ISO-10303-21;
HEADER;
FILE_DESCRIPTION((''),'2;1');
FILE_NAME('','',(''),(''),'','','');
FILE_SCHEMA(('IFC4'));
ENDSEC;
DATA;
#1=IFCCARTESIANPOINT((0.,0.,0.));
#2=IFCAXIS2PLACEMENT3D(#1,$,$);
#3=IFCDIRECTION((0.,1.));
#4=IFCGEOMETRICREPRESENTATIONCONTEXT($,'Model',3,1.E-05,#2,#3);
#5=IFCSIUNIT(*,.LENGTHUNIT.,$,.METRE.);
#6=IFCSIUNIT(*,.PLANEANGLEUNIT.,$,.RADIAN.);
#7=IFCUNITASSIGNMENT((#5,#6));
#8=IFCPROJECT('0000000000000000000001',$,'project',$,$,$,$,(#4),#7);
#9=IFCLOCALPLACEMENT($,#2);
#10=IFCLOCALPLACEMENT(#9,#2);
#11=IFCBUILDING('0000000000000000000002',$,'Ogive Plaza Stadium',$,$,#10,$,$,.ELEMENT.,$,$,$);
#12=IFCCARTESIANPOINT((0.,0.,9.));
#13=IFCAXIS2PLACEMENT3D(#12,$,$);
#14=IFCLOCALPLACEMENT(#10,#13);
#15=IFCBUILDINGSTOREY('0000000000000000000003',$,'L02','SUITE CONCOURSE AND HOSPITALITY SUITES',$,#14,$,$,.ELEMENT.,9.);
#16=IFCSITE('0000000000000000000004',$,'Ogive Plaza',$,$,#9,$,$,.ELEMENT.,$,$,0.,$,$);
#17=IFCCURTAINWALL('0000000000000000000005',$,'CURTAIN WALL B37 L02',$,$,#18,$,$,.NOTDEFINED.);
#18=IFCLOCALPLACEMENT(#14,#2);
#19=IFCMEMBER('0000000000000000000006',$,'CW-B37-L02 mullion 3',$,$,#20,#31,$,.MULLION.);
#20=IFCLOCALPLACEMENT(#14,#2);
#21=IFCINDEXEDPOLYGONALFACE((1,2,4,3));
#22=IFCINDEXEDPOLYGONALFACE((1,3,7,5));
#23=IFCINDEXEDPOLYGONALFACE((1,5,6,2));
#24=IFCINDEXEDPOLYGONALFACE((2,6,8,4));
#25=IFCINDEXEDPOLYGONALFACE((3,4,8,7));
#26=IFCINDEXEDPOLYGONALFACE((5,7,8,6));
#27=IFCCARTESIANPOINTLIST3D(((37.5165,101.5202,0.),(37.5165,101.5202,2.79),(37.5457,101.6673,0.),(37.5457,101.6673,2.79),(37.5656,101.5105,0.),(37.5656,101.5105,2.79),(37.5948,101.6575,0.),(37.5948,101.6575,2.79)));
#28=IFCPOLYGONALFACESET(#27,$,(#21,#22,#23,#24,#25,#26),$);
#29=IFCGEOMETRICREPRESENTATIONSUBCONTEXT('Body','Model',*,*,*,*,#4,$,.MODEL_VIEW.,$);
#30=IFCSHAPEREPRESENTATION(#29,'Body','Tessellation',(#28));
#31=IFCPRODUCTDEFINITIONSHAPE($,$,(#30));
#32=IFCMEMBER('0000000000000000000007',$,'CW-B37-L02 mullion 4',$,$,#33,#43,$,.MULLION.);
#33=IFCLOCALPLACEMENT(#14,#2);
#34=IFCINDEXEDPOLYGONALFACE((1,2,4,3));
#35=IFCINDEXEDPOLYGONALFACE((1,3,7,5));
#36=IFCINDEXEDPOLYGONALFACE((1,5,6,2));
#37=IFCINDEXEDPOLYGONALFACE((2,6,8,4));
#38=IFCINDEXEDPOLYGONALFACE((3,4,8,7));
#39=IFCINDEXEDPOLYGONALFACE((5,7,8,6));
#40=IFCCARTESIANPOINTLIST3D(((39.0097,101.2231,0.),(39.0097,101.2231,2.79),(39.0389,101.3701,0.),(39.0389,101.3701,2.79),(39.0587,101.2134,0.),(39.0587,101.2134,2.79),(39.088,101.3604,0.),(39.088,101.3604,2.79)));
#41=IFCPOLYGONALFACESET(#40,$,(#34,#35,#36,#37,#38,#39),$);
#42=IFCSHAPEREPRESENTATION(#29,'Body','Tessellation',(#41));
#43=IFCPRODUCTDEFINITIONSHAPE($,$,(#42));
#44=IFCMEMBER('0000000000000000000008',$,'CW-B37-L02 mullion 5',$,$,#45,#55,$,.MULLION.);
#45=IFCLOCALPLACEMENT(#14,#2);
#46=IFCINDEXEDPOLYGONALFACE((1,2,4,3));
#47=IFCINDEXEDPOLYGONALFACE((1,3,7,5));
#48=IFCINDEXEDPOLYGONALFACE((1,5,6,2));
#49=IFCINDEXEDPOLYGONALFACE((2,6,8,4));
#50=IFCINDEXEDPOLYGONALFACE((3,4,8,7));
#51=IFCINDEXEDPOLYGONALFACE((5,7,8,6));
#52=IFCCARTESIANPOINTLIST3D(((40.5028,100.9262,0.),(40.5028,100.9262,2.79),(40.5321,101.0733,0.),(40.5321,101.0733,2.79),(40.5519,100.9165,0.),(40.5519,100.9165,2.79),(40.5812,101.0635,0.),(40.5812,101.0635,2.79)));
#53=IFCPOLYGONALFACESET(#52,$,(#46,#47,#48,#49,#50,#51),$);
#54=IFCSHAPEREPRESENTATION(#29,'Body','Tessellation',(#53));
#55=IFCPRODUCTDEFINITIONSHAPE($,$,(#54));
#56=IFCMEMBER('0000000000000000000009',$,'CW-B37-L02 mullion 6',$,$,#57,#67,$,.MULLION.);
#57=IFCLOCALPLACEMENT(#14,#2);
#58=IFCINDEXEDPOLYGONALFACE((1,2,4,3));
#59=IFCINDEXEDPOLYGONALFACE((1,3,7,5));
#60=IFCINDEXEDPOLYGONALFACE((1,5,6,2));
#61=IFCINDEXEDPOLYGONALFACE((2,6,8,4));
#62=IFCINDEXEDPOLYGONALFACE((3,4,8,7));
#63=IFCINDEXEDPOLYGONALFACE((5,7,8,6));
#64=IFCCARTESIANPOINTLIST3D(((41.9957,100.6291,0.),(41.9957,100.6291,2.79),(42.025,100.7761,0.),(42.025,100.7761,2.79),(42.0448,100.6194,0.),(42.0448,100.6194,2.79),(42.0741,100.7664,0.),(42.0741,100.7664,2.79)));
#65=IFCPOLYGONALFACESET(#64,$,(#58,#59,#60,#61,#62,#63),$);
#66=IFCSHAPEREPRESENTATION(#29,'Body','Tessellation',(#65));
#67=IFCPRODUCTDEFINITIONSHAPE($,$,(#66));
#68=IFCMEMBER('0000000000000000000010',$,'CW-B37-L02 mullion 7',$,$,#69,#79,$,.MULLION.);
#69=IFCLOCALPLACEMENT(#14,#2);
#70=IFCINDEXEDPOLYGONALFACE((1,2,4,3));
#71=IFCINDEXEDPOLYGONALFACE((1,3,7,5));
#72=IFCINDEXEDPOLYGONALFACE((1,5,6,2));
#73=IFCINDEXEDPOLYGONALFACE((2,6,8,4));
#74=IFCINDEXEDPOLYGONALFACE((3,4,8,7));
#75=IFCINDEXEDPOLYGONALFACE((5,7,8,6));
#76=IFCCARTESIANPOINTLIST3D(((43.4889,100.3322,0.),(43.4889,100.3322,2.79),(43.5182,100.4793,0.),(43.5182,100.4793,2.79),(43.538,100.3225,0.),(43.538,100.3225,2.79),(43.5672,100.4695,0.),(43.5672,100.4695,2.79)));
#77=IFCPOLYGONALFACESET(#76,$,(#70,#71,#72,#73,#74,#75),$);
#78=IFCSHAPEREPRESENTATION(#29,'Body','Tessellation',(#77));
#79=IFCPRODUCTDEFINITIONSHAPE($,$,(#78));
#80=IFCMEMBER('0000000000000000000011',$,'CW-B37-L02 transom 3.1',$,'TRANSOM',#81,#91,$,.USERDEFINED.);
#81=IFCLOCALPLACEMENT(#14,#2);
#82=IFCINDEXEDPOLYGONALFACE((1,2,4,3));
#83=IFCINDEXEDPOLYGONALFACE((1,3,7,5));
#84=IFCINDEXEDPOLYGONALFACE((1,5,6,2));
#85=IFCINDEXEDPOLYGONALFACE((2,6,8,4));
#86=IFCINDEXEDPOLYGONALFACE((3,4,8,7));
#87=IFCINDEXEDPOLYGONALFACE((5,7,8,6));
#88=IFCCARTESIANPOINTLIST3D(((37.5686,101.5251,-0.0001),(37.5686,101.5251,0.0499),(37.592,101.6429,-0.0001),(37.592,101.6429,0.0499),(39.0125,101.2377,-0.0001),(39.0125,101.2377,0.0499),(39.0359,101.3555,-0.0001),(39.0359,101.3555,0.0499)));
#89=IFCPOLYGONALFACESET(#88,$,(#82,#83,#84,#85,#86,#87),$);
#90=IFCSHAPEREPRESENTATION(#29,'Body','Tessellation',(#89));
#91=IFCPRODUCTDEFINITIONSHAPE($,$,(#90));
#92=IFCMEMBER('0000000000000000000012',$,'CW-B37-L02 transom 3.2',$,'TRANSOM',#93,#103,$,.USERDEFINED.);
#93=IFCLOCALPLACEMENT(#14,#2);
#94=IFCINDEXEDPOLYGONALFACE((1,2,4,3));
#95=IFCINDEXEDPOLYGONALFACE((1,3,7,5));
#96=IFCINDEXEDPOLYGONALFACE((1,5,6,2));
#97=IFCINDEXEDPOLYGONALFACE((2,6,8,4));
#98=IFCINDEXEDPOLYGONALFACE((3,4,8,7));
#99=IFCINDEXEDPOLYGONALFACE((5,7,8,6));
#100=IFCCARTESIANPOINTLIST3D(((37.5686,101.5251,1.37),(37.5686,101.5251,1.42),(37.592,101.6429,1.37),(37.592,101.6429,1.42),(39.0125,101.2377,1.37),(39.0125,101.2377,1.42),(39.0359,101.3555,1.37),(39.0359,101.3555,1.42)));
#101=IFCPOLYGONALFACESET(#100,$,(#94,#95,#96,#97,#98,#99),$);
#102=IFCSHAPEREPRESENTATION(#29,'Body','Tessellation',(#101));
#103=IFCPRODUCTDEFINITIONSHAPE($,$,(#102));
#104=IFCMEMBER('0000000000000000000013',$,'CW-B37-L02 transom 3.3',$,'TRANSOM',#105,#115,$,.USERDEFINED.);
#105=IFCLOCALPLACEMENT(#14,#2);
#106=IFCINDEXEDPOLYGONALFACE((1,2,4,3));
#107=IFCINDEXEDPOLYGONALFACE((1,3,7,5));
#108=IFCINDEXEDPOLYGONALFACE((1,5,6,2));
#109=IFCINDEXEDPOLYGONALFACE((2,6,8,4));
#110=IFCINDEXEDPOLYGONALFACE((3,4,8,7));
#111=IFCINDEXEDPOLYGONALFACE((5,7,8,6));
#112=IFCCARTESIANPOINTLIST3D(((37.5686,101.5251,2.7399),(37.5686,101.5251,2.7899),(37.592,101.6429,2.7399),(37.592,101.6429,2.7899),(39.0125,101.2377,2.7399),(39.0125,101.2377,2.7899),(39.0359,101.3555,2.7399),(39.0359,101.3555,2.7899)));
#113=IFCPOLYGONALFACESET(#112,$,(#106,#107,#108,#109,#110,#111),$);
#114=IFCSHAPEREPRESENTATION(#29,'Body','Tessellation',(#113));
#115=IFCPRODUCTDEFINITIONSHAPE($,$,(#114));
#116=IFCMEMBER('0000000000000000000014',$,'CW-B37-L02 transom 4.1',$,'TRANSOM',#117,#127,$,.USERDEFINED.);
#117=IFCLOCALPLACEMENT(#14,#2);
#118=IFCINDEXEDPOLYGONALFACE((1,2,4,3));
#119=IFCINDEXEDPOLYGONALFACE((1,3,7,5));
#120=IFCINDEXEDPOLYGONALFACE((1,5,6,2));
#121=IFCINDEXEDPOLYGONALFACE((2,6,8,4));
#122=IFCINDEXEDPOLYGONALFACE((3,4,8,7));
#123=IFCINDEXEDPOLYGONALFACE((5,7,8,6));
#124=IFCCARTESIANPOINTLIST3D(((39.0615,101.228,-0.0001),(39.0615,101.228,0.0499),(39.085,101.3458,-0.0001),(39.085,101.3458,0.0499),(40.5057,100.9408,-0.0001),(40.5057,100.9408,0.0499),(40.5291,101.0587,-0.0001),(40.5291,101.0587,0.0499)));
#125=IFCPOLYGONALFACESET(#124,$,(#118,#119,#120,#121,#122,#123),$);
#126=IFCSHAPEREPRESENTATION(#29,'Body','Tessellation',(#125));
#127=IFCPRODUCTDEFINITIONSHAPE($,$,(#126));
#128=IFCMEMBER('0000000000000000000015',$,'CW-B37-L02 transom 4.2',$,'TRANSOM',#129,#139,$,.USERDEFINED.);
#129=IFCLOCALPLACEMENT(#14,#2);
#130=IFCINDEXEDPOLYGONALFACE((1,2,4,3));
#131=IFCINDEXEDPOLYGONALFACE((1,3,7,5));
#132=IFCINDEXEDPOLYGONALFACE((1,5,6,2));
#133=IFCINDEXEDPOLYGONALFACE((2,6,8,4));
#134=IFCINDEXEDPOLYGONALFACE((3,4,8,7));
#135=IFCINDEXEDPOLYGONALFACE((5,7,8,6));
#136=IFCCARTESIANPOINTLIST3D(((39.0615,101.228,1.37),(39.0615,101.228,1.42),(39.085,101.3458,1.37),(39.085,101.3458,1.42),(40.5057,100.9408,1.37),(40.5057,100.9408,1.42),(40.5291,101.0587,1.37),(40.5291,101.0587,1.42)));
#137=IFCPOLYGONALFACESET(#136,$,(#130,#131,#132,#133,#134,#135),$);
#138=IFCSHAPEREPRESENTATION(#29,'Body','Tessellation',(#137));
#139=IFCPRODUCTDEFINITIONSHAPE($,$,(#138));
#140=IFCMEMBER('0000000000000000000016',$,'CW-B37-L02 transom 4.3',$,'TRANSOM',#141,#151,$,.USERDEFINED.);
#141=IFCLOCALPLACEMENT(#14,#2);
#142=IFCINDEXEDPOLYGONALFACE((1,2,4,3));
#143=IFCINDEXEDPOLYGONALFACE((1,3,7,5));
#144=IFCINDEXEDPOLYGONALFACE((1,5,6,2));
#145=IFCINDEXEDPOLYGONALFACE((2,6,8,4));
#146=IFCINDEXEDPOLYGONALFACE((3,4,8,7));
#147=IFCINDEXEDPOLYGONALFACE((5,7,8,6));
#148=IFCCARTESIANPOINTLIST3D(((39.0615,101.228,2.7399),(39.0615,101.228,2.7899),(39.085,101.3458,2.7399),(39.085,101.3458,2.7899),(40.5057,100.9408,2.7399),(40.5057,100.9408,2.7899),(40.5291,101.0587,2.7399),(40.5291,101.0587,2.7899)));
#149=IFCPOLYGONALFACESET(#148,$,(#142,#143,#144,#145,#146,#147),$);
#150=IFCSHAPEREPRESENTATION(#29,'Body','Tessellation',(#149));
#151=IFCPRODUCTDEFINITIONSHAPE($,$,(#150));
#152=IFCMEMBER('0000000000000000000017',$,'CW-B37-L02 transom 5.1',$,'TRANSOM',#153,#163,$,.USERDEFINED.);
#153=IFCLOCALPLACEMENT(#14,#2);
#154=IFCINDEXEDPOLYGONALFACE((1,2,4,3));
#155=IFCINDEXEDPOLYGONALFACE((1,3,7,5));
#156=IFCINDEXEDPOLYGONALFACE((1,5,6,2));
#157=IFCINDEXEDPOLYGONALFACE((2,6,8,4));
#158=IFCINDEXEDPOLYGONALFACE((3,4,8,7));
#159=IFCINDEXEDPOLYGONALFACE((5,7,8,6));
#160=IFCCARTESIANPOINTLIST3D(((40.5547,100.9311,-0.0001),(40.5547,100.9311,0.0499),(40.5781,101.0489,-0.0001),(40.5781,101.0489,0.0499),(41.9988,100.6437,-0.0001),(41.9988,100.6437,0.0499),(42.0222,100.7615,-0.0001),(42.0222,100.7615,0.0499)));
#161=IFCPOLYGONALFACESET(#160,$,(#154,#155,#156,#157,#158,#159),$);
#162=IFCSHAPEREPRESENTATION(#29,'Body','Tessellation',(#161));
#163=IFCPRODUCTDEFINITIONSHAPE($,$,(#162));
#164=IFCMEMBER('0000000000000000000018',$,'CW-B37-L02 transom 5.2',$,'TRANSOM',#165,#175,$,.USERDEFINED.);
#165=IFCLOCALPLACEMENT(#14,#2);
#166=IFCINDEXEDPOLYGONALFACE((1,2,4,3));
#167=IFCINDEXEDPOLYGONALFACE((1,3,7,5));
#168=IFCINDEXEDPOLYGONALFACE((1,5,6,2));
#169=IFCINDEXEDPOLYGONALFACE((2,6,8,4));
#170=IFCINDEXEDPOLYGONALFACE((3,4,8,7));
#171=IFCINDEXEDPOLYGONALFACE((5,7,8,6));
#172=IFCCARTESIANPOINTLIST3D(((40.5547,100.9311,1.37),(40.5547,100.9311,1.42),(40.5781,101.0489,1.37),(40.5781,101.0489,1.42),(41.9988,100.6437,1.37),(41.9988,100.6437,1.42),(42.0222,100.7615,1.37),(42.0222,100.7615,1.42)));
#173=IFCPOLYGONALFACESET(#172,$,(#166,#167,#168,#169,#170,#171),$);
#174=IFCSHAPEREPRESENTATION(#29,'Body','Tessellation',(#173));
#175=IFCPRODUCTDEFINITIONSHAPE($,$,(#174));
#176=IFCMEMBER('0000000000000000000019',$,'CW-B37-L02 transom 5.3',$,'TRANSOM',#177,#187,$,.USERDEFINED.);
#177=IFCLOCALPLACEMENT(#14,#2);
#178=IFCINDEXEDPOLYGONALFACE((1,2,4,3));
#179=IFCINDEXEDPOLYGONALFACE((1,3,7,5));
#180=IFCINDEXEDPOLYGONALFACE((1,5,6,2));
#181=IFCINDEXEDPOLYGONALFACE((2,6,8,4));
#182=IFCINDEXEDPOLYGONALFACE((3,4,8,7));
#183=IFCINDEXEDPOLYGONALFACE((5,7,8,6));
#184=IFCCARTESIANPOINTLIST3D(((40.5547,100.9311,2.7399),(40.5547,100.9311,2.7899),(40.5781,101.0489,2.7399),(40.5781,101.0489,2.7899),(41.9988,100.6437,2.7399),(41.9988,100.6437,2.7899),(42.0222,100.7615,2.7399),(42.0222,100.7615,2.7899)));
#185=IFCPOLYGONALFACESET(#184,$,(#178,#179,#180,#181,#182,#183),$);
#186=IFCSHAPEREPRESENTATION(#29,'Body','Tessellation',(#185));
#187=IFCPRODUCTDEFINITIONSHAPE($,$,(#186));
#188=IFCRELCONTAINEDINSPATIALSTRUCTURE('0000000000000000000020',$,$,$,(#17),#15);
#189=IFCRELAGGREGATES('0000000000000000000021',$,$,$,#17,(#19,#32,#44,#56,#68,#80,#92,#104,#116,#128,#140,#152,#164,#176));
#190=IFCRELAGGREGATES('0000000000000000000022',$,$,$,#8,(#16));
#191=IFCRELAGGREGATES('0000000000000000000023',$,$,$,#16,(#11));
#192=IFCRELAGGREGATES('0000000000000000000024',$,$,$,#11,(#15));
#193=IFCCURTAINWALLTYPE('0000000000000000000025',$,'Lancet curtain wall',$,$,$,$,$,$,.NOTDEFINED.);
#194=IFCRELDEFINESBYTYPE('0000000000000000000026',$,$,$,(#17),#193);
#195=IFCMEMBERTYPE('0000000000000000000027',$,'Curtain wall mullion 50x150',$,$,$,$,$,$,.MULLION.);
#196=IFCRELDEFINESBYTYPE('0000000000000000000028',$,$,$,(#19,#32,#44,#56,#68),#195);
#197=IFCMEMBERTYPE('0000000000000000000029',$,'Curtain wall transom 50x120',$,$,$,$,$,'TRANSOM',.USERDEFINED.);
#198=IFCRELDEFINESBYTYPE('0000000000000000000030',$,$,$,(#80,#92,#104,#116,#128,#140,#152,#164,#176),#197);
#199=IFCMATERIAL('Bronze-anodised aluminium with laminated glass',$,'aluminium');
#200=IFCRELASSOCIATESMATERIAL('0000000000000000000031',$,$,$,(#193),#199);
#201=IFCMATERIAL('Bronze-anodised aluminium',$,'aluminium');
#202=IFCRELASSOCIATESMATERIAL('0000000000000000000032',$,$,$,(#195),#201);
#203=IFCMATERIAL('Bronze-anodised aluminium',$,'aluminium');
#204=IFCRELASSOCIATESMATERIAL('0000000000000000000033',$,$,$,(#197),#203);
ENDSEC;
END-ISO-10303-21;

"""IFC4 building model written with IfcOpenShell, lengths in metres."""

from ifc_helpers import new_model, si_unit, direction, frame, origin, origin_2d, place, context, subcontext, project, spatial, rectangle, extrude, material, material_profile, profile_set, type_object, element, aggregate, save


model = new_model("IFC4")

# Units and contexts
model_context = context("Model", 3, precision=1e-05, world=origin(), true_north=direction((0.0, 1.0)))
body_context = subcontext(model_context, "Body", "Model", "MODEL_VIEW")
ifc_project = project(units=[si_unit("LENGTHUNIT", "METRE"), si_unit("PLANEANGLEUNIT", "RADIAN")], contexts=[model_context])

# Site, building, storey
site_placement = place(None, origin())
site = spatial("IfcSite", under=ifc_project, at=site_placement, Name="Ogive Plaza", CompositionType="ELEMENT", RefElevation=0.0)
building_placement = place(site_placement, origin())
building = spatial("IfcBuilding", under=site, at=building_placement, Name="Ogive Plaza Stadium", CompositionType="ELEMENT")
storey_placement = place(building_placement, frame((0.0, 0.0, 9.0)))
storey = spatial("IfcBuildingStorey", under=building, at=storey_placement, Name="L02", Description="SUITE CONCOURSE AND HOSPITALITY SUITES", CompositionType="ELEMENT", Elevation=9.0)

# Curtain wall, members
ifc_material_1 = material(Name="Bronze-anodised aluminium with laminated glass", Category="aluminium")
curtain_wall_type = type_object("IfcCurtainWallType", Name="Lancet curtain wall", PredefinedType="NOTDEFINED", material=ifc_material_1)
curtain_wall_placement = place(storey_placement, origin())
curtain_wall = element("IfcCurtainWall", 1, at=curtain_wall_placement, inside=storey, type_object=curtain_wall_type, Name="CURTAIN WALL B37 L02", PredefinedType="NOTDEFINED")
ifc_material_2 = material(Name="Bronze-anodised aluminium", Category="aluminium")
ifc_material_profile_1 = material_profile(ifc_material_2, rectangle(XDim=0.1499, YDim=0.05, at=origin_2d()), Name="AL 150x50")
ifc_profile_set_1 = profile_set([ifc_material_profile_1], Name="Bronze-anodised aluminium")
member_type_1 = type_object("IfcMemberType", Name="Curtain wall mullion 50x150", PredefinedType="MULLION", material=ifc_profile_set_1)
member_1_placement = place(storey_placement, frame((37.5557, 101.5889, 0.0), z_axis=(0.0, 0.0, 1.0), x_axis=(0.19509, 0.980785, 0.0)))
member_1 = element("IfcMember", 2, at=member_1_placement, type_object=member_type_1, Name="CW-B37-L02 mullion 3", PredefinedType="MULLION", context=body_context, shape_type="SweptSolid", body=[
    extrude(rectangle(XDim=0.1499, YDim=0.05, at=origin_2d()), origin(), (0.0, 0.0, 1.0), 2.79),
])
member_2_placement = place(storey_placement, frame((39.0488, 101.2917, 0.0), z_axis=(0.0, 0.0, 1.0), x_axis=(0.19509, 0.980785, 0.0)))
member_2 = element("IfcMember", 3, at=member_2_placement, type_object=member_type_1, Name="CW-B37-L02 mullion 4", PredefinedType="MULLION", context=body_context, shape_type="SweptSolid", body=[
    extrude(rectangle(XDim=0.1499, YDim=0.05, at=origin_2d()), origin(), (0.0, 0.0, 1.0), 2.79),
])
member_3_placement = place(storey_placement, frame((40.542, 100.9949, 0.0), z_axis=(0.0, 0.0, 1.0), x_axis=(0.19509, 0.980785, 0.0)))
member_3 = element("IfcMember", 4, at=member_3_placement, type_object=member_type_1, Name="CW-B37-L02 mullion 5", PredefinedType="MULLION", context=body_context, shape_type="SweptSolid", body=[
    extrude(rectangle(XDim=0.1499, YDim=0.05, at=origin_2d()), origin(), (0.0, 0.0, 1.0), 2.79),
])
member_4_placement = place(storey_placement, frame((42.0349, 100.6978, 0.0), z_axis=(0.0, 0.0, 1.0), x_axis=(0.19509, 0.980785, 0.0)))
member_4 = element("IfcMember", 5, at=member_4_placement, type_object=member_type_1, Name="CW-B37-L02 mullion 6", PredefinedType="MULLION", context=body_context, shape_type="SweptSolid", body=[
    extrude(rectangle(XDim=0.1499, YDim=0.05, at=origin_2d()), origin(), (0.0, 0.0, 1.0), 2.79),
])
member_5_placement = place(storey_placement, frame((43.5281, 100.4009, 0.0), z_axis=(0.0, 0.0, 1.0), x_axis=(0.19509, 0.980785, 0.0)))
member_5 = element("IfcMember", 6, at=member_5_placement, type_object=member_type_1, Name="CW-B37-L02 mullion 7", PredefinedType="MULLION", context=body_context, shape_type="SweptSolid", body=[
    extrude(rectangle(XDim=0.1499, YDim=0.05, at=origin_2d()), origin(), (0.0, 0.0, 1.0), 2.79),
])
ifc_material_3 = material(Name="Bronze-anodised aluminium", Category="aluminium")
ifc_material_profile_2 = material_profile(ifc_material_3, rectangle(XDim=0.1201, YDim=0.05, at=origin_2d()), Name="AL 120x50")
ifc_profile_set_2 = profile_set([ifc_material_profile_2], Name="Bronze-anodised aluminium")
member_type_2 = type_object("IfcMemberType", Name="Curtain wall transom 50x120", ElementType="TRANSOM", PredefinedType="USERDEFINED", material=ifc_profile_set_2)
member_6_placement = place(storey_placement, frame((37.5803, 101.584, 0.0249), z_axis=(0.980765, -0.195191, 0.0), x_axis=(0.195191, 0.980765, 0.0)))
member_6 = element("IfcMember", 7, at=member_6_placement, type_object=member_type_2, Name="CW-B37-L02 transom 3.1", ObjectType="TRANSOM", PredefinedType="USERDEFINED", context=body_context, shape_type="SweptSolid", body=[
    extrude(rectangle(XDim=0.1201, YDim=0.05, at=origin_2d()), origin(), (0.0, 0.0, 1.0), 1.4722),
])
member_7_placement = place(storey_placement, frame((37.5803, 101.584, 1.395), z_axis=(0.980765, -0.195191, 0.0), x_axis=(0.195191, 0.980765, 0.0)))
member_7 = element("IfcMember", 8, at=member_7_placement, type_object=member_type_2, Name="CW-B37-L02 transom 3.2", ObjectType="TRANSOM", PredefinedType="USERDEFINED", context=body_context, shape_type="SweptSolid", body=[
    extrude(rectangle(XDim=0.1201, YDim=0.05, at=origin_2d()), origin(), (0.0, 0.0, 1.0), 1.4722),
])
member_8_placement = place(storey_placement, frame((37.5803, 101.584, 2.7649), z_axis=(0.980765, -0.195191, 0.0), x_axis=(0.195191, 0.980765, 0.0)))
member_8 = element("IfcMember", 9, at=member_8_placement, type_object=member_type_2, Name="CW-B37-L02 transom 3.3", ObjectType="TRANSOM", PredefinedType="USERDEFINED", context=body_context, shape_type="SweptSolid", body=[
    extrude(rectangle(XDim=0.1201, YDim=0.05, at=origin_2d()), origin(), (0.0, 0.0, 1.0), 1.4722),
])
member_9_placement = place(storey_placement, frame((39.0732, 101.2869, 0.0249), z_axis=(0.980803, -0.195, 0.0), x_axis=(0.195, 0.980803, 0.0)))
member_9 = element("IfcMember", 10, at=member_9_placement, type_object=member_type_2, Name="CW-B37-L02 transom 4.1", ObjectType="TRANSOM", PredefinedType="USERDEFINED", context=body_context, shape_type="SweptSolid", body=[
    extrude(rectangle(XDim=0.1201, YDim=0.05, at=origin_2d()), origin(), (0.0, 0.0, 1.0), 1.4724),
])
member_10_placement = place(storey_placement, frame((39.0732, 101.2869, 1.395), z_axis=(0.980803, -0.195, 0.0), x_axis=(0.195, 0.980803, 0.0)))
member_10 = element("IfcMember", 11, at=member_10_placement, type_object=member_type_2, Name="CW-B37-L02 transom 4.2", ObjectType="TRANSOM", PredefinedType="USERDEFINED", context=body_context, shape_type="SweptSolid", body=[
    extrude(rectangle(XDim=0.1201, YDim=0.05, at=origin_2d()), origin(), (0.0, 0.0, 1.0), 1.4724),
])
member_11_placement = place(storey_placement, frame((39.0732, 101.2869, 2.7649), z_axis=(0.980803, -0.195, 0.0), x_axis=(0.195, 0.980803, 0.0)))
member_11 = element("IfcMember", 12, at=member_11_placement, type_object=member_type_2, Name="CW-B37-L02 transom 4.3", ObjectType="TRANSOM", PredefinedType="USERDEFINED", context=body_context, shape_type="SweptSolid", body=[
    extrude(rectangle(XDim=0.1201, YDim=0.05, at=origin_2d()), origin(), (0.0, 0.0, 1.0), 1.4724),
])
member_12_placement = place(storey_placement, frame((40.5664, 100.99, 0.0249), z_axis=(0.980772, -0.195159, 0.0), x_axis=(0.195159, 0.980772, 0.0)))
member_12 = element("IfcMember", 13, at=member_12_placement, type_object=member_type_2, Name="CW-B37-L02 transom 5.1", ObjectType="TRANSOM", PredefinedType="USERDEFINED", context=body_context, shape_type="SweptSolid", body=[
    extrude(rectangle(XDim=0.1201, YDim=0.05, at=origin_2d()), origin(), (0.0, 0.0, 1.0), 1.4724),
])
member_13_placement = place(storey_placement, frame((40.5664, 100.99, 1.395), z_axis=(0.980772, -0.195159, 0.0), x_axis=(0.195159, 0.980772, 0.0)))
member_13 = element("IfcMember", 14, at=member_13_placement, type_object=member_type_2, Name="CW-B37-L02 transom 5.2", ObjectType="TRANSOM", PredefinedType="USERDEFINED", context=body_context, shape_type="SweptSolid", body=[
    extrude(rectangle(XDim=0.1201, YDim=0.05, at=origin_2d()), origin(), (0.0, 0.0, 1.0), 1.4724),
])
member_14_placement = place(storey_placement, frame((40.5664, 100.99, 2.7649), z_axis=(0.980772, -0.195159, 0.0), x_axis=(0.195159, 0.980772, 0.0)))
member_14 = element("IfcMember", 15, at=member_14_placement, type_object=member_type_2, Name="CW-B37-L02 transom 5.3", ObjectType="TRANSOM", PredefinedType="USERDEFINED", context=body_context, shape_type="SweptSolid", body=[
    extrude(rectangle(XDim=0.1201, YDim=0.05, at=origin_2d()), origin(), (0.0, 0.0, 1.0), 1.4724),
])
aggregate(curtain_wall, [member_1, member_2, member_3, member_4, member_5, member_6, member_7, member_8, member_9, member_10, member_11, member_12, member_13, member_14])

save(model, "model.ifc")
